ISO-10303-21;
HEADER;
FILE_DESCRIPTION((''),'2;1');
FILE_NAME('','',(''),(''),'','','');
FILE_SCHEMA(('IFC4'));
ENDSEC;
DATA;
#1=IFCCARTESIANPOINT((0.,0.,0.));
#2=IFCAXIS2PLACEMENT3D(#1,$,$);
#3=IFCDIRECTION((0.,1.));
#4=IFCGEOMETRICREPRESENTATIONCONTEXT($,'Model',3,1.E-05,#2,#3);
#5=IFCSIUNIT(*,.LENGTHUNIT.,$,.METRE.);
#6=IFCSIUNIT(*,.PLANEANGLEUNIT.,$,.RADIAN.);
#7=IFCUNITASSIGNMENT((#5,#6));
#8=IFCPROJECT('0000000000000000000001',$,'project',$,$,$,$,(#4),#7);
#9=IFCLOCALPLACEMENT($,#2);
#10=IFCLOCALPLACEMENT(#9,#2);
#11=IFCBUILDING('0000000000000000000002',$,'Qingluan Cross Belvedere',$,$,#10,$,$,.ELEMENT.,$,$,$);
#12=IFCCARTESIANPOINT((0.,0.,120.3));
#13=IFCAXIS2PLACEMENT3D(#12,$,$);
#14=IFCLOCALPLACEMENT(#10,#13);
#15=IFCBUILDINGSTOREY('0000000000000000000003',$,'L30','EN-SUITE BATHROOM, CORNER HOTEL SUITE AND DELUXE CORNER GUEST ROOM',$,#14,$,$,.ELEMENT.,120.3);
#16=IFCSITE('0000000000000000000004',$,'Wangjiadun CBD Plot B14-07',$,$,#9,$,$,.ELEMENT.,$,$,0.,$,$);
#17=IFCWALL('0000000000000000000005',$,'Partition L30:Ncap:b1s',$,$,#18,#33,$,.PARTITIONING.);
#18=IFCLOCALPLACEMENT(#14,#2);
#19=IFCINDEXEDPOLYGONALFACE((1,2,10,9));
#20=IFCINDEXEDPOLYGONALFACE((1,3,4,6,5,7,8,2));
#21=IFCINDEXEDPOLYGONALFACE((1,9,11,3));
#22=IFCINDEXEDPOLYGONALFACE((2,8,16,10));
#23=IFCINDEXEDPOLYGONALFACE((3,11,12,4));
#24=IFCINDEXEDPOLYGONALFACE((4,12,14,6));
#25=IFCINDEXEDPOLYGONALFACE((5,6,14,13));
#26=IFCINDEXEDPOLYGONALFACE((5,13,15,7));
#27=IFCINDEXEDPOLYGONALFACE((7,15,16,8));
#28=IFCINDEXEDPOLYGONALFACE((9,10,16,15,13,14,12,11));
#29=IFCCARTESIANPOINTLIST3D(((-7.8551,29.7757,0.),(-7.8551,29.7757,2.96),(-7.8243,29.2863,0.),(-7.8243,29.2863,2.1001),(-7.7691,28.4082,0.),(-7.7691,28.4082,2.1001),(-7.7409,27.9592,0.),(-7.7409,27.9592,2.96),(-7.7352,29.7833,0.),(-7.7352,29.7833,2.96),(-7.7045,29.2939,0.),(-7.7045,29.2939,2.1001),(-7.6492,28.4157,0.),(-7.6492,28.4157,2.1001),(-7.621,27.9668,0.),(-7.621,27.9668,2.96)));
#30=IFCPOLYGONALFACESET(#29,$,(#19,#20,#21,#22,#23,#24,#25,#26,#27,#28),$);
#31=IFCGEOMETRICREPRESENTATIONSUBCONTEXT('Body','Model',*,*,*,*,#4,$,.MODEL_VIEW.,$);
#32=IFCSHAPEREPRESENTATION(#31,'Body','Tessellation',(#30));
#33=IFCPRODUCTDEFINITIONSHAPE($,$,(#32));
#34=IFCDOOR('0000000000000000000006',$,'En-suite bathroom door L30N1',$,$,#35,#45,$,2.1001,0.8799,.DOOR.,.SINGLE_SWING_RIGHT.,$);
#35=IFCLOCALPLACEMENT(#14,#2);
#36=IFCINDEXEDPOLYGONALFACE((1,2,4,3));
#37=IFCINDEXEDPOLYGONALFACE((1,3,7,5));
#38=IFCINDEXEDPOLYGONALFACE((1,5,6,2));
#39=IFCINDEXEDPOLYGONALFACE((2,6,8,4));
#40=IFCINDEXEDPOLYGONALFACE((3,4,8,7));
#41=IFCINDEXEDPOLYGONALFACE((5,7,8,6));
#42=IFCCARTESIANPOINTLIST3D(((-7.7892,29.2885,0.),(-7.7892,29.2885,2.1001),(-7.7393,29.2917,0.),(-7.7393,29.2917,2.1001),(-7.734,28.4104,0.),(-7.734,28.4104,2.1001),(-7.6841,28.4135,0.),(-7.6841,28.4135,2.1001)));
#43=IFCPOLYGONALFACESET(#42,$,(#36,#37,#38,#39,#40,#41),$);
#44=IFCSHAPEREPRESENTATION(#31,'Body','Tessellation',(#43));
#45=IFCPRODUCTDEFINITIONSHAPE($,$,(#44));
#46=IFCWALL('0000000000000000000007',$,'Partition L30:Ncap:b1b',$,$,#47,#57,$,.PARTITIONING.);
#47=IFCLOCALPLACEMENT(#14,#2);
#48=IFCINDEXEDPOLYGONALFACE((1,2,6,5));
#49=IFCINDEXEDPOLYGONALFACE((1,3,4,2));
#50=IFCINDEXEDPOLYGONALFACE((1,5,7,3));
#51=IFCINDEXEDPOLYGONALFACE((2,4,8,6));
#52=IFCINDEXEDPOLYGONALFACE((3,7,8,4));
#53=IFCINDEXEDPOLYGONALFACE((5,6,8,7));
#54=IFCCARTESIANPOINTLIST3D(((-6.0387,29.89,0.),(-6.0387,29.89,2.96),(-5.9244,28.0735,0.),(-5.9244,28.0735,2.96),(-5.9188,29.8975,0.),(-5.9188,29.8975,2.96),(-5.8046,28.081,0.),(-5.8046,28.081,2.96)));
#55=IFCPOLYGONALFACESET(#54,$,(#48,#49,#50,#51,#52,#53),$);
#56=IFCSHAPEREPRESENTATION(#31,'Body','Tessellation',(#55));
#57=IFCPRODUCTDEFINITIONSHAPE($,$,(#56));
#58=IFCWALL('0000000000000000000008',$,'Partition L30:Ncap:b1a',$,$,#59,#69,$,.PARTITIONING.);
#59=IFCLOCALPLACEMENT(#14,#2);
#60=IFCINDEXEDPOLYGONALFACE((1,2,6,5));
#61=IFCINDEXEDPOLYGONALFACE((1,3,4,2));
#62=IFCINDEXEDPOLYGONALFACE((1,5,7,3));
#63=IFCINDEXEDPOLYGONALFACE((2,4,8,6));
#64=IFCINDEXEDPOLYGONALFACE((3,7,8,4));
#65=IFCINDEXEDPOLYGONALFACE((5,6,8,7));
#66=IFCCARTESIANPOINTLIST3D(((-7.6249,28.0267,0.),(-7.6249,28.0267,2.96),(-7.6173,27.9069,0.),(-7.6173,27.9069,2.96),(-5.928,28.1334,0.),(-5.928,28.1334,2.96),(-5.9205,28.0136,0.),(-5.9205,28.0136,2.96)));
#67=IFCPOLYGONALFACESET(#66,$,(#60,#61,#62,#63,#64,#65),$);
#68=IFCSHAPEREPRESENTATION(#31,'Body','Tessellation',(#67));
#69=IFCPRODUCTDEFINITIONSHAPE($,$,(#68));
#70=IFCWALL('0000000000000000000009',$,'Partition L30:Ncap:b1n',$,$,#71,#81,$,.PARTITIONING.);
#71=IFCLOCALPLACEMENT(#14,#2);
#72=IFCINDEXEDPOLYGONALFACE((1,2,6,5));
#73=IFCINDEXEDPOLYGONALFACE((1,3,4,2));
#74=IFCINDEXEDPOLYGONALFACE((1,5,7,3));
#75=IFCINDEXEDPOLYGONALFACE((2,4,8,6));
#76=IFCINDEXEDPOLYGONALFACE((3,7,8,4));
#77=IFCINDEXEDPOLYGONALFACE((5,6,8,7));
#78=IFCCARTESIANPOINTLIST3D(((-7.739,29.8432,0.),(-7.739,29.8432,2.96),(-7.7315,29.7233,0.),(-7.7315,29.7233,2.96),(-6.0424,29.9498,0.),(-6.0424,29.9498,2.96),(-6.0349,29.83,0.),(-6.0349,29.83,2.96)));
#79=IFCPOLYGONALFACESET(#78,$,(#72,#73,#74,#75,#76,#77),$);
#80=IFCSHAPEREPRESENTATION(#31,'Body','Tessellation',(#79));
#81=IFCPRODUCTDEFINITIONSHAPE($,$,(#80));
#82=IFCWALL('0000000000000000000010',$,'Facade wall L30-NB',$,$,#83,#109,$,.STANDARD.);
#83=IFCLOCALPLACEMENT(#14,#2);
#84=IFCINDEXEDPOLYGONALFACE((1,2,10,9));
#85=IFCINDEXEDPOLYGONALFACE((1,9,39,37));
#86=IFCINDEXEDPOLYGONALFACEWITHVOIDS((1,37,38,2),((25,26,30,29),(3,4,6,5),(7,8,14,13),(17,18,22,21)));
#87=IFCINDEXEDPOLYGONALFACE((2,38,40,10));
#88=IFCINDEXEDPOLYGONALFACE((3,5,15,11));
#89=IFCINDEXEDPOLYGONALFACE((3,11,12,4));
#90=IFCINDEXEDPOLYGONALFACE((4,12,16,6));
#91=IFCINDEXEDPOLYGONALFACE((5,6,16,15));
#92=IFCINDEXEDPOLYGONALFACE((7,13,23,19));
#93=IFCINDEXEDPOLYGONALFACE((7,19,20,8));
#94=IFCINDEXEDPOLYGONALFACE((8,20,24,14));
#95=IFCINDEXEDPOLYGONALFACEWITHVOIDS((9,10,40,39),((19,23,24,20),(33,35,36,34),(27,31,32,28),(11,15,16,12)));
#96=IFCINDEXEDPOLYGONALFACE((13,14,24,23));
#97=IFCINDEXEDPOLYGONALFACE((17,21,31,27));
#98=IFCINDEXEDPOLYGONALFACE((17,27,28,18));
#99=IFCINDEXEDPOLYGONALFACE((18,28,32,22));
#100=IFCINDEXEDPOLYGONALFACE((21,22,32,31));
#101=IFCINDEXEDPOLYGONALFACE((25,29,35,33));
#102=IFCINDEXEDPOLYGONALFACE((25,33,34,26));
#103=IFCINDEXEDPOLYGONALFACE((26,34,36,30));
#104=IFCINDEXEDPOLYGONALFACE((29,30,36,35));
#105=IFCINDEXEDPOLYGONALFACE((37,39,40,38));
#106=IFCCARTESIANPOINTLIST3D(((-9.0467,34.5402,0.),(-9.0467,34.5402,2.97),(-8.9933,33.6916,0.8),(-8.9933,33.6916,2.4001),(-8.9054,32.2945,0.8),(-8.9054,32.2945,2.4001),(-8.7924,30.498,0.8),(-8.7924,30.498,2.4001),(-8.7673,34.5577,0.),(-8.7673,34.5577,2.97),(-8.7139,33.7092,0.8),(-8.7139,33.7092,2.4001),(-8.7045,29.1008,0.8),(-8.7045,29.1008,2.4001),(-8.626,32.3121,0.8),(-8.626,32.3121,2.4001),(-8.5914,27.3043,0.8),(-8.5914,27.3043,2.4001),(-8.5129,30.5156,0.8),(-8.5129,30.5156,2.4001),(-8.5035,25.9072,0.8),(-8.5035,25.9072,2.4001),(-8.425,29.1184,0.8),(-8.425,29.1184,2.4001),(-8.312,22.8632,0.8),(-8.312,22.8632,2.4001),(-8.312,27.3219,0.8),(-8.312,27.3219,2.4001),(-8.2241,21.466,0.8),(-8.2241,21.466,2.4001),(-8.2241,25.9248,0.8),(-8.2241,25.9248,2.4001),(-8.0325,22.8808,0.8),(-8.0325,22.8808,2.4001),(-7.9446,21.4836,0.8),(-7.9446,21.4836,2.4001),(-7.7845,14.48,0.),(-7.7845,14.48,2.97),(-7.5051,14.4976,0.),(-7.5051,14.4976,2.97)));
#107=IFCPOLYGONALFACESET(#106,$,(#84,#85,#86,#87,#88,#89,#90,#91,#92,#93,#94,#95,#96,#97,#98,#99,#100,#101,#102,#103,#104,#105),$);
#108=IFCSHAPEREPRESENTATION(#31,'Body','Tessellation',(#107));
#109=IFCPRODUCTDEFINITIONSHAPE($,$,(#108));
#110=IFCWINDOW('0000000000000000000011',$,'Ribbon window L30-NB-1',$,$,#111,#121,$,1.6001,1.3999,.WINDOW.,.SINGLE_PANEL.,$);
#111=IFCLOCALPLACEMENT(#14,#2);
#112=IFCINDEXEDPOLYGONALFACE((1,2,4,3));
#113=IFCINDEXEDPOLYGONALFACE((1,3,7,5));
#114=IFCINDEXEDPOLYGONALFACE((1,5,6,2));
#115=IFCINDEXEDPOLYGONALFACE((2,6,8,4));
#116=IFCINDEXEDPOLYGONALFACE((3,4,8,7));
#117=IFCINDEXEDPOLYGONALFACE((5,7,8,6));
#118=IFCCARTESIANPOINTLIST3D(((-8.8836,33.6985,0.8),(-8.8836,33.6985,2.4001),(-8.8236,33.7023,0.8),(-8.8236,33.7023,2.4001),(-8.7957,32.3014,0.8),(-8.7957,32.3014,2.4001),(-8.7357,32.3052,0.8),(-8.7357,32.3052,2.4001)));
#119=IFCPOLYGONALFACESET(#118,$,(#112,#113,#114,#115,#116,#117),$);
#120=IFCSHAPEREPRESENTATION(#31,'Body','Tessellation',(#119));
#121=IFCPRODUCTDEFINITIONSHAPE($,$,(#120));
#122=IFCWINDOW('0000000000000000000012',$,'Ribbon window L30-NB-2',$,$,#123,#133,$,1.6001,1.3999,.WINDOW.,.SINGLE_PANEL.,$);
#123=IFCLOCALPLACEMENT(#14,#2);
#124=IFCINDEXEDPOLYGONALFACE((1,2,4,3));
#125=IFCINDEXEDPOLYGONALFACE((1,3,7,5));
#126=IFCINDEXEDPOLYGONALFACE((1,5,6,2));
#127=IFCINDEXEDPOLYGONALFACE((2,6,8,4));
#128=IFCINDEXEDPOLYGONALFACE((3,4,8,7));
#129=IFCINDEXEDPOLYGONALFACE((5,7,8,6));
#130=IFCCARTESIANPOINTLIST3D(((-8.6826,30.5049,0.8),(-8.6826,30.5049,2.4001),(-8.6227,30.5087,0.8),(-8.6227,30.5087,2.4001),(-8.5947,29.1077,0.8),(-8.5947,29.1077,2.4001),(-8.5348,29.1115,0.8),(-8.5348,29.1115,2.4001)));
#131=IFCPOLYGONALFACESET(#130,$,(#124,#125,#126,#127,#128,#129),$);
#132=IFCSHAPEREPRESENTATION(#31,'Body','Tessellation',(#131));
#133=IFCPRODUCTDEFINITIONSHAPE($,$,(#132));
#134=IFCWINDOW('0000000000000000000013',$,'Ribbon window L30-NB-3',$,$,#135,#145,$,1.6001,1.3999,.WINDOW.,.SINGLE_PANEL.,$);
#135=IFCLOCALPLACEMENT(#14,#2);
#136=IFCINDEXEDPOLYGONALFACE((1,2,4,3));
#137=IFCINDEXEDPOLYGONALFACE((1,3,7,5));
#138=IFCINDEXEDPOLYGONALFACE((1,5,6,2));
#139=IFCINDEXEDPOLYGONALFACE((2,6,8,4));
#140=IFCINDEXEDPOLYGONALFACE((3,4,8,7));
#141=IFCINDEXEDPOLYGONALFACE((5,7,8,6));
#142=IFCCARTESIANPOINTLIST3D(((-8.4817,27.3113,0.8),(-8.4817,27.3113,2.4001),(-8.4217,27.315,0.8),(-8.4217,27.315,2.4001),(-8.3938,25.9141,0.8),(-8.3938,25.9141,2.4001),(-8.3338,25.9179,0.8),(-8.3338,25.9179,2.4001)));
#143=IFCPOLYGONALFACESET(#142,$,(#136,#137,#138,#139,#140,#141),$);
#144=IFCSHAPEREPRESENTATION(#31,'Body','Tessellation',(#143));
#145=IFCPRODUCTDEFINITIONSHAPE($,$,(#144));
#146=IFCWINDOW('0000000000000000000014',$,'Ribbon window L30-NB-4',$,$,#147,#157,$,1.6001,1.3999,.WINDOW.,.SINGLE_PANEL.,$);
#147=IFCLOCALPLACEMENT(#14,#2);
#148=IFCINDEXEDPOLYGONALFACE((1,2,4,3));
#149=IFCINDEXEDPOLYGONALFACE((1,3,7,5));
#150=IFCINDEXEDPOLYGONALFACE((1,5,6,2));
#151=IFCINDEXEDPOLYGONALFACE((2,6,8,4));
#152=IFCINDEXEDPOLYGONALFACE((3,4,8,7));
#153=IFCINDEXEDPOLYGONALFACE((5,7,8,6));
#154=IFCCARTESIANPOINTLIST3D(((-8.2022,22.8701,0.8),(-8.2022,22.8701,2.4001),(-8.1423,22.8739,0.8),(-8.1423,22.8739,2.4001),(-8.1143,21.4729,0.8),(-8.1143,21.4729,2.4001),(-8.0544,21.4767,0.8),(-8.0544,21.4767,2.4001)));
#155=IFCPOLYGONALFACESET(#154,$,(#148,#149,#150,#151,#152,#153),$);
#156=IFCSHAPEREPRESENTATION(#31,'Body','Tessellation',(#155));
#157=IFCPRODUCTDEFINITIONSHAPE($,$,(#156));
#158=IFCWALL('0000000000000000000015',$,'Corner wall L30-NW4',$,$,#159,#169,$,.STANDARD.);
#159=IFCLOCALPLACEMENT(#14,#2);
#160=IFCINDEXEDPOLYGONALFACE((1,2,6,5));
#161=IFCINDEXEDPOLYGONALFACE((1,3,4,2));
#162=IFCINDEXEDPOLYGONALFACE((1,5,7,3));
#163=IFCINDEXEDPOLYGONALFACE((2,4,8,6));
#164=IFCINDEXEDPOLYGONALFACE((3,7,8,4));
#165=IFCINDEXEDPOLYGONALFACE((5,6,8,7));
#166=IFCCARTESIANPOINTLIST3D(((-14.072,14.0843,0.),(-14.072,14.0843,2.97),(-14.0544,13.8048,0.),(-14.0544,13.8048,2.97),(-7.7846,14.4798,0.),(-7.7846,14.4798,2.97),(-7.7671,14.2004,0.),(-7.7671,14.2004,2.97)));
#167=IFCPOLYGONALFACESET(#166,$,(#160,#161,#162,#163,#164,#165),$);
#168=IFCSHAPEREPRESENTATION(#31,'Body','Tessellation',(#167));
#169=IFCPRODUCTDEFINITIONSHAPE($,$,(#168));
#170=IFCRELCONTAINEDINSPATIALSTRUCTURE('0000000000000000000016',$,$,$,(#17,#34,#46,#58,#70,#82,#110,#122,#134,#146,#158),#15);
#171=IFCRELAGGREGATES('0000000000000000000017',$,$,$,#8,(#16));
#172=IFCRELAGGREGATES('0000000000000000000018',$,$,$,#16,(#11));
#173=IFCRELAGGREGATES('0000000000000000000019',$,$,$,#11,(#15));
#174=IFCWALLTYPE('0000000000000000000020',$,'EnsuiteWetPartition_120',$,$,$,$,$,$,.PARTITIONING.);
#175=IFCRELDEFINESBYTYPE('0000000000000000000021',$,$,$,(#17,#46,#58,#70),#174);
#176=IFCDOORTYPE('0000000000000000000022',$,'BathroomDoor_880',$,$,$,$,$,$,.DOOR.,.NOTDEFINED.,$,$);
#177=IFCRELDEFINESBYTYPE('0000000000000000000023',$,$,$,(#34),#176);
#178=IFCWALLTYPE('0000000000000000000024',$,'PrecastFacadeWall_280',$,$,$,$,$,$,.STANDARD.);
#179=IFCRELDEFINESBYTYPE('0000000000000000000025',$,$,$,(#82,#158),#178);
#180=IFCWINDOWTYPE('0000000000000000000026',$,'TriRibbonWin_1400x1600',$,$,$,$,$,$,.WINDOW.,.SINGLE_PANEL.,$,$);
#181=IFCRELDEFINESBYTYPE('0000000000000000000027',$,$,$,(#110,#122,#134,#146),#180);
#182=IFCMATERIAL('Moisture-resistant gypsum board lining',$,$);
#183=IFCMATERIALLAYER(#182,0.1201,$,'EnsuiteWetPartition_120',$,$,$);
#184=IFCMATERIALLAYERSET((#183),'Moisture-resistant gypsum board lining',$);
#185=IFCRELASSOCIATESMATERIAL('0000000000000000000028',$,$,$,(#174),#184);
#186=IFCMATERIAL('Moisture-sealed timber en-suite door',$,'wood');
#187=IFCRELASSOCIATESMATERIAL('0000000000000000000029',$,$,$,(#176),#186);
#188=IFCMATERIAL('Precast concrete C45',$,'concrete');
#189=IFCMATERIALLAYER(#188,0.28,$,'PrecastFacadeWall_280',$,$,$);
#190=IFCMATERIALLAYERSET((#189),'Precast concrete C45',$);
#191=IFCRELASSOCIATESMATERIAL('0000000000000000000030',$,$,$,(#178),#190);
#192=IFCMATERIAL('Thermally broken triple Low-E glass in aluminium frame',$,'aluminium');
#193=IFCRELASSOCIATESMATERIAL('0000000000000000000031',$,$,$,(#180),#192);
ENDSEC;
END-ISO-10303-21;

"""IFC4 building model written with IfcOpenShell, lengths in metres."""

from ifc_helpers import new_model, si_unit, direction, frame, frame_2d, origin, place, context, subcontext, project, spatial, rectangle, extrude, material, layer, layer_set, type_object, element, fill, save


model = new_model("IFC4")

# Units and contexts
model_context = context("Model", 3, precision=1e-05, world=origin(), true_north=direction((0.0, 1.0)))
body_context = subcontext(model_context, "Body", "Model", "MODEL_VIEW")
ifc_project = project(units=[si_unit("LENGTHUNIT", "METRE"), si_unit("PLANEANGLEUNIT", "RADIAN")], contexts=[model_context])

# Site, building, storey
site_placement = place(None, origin())
site = spatial("IfcSite", under=ifc_project, at=site_placement, Name="Wangjiadun CBD Plot B14-07", CompositionType="ELEMENT", RefElevation=0.0)
building_placement = place(site_placement, origin())
building = spatial("IfcBuilding", under=site, at=building_placement, Name="Qingluan Cross Belvedere", CompositionType="ELEMENT")
storey_placement = place(building_placement, frame((0.0, 0.0, 120.3)))
storey = spatial("IfcBuildingStorey", under=building, at=storey_placement, Name="L30", Description="EN-SUITE BATHROOM, CORNER HOTEL SUITE AND DELUXE CORNER GUEST ROOM", CompositionType="ELEMENT", Elevation=120.3)

# Shared definitions
ifc_material_1 = material(Name="Moisture-resistant gypsum board lining")
ifc_layer_1 = layer(ifc_material_1, 0.1201, Name="EnsuiteWetPartition_120")
ifc_layer_set_1 = layer_set([ifc_layer_1], Name="Moisture-resistant gypsum board lining")
wall_type_1 = type_object("IfcWallType", Name="EnsuiteWetPartition_120", PredefinedType="PARTITIONING", material=ifc_layer_set_1)
ifc_material_2 = material(Name="Moisture-sealed timber en-suite door", Category="wood")
door_type_1 = type_object("IfcDoorType", Name="BathroomDoor_880", OperationType="NOTDEFINED", PredefinedType="DOOR", material=ifc_material_2)

# Wall, opening, door
wall_1_placement = place(storey_placement, frame((-7.6809, 27.9629, 0.0), z_axis=(0.0, 0.0, 1.0), x_axis=(-0.062779, 0.998027, 0.0)))
wall_1 = element("IfcWall", 1, at=wall_1_placement, inside=storey, type_object=wall_type_1, Name="Partition L30:Ncap:b1s", PredefinedType="PARTITIONING", context=body_context, shape_type="SweptSolid", body=[
    extrude(rectangle(XDim=1.8201, YDim=0.1201, at=frame_2d((0.9102, 0.0))), origin(), (0.0, 0.0, 1.0), 2.96),
])
opening_1_placement = place(wall_1_placement, frame((0.45, 0.0, 0.0)))
opening_1 = element("IfcOpeningElement", 2, at=opening_1_placement, cuts=wall_1, PredefinedType="OPENING", context=body_context, shape_type="SweptSolid", body=[
    extrude(rectangle(XDim=0.8799, YDim=2.1001, at=frame_2d((0.4399, 1.05))), frame((0.0, 0.0701, 0.0), z_axis=(0.0, -1.0, 0.0), x_axis=(1.0, 0.0, 0.0)), (0.0, 0.0, 1.0), 0.1401),
])
door_1_placement = place(opening_1_placement, origin())
door_1 = element("IfcDoor", 3, at=door_1_placement, inside=storey, type_object=door_type_1, Name="En-suite bathroom door L30N1", OperationType="SINGLE_SWING_RIGHT", OverallHeight=2.1001, OverallWidth=0.8799, PredefinedType="DOOR", context=body_context, shape_type="SweptSolid", body=[
    extrude(rectangle(XDim=0.8799, YDim=2.1001, at=frame_2d((0.4399, 1.05))), frame((0.0, 0.0249, 0.0), z_axis=(0.0, -1.0, 0.0), x_axis=(1.0, 0.0, 0.0)), (0.0, 0.0, 1.0), 0.05),
])
fill(opening_1, door_1)

# Walls
wall_2_placement = place(storey_placement, frame((-5.8645, 28.0771, 0.0), z_axis=(0.0, 0.0, 1.0), x_axis=(-0.062779, 0.998027, 0.0)))
element("IfcWall", 4, at=wall_2_placement, inside=storey, type_object=wall_type_1, Name="Partition L30:Ncap:b1b", PredefinedType="PARTITIONING", context=body_context, shape_type="SweptSolid", body=[
    extrude(rectangle(XDim=1.8201, YDim=0.1201, at=frame_2d((0.9102, 0.0))), origin(), (0.0, 0.0, 1.0), 2.96),
])
wall_3_placement = place(storey_placement, frame((-7.6211, 27.9668, 0.0), z_axis=(0.0, 0.0, 1.0), x_axis=(0.998029, 0.062754, 0.0)))
element("IfcWall", 5, at=wall_3_placement, inside=storey, type_object=wall_type_1, Name="Partition L30:Ncap:b1a", PredefinedType="PARTITIONING", context=body_context, shape_type="SweptSolid", body=[
    extrude(rectangle(XDim=1.7002, YDim=0.1201, at=frame_2d((0.8501, 0.0))), origin(), (0.0, 0.0, 1.0), 2.96),
])
wall_4_placement = place(storey_placement, frame((-7.7354, 29.7832, 0.0), z_axis=(0.0, 0.0, 1.0), x_axis=(0.998028, 0.062763, 0.0)))
element("IfcWall", 6, at=wall_4_placement, inside=storey, type_object=wall_type_1, Name="Partition L30:Ncap:b1n", PredefinedType="PARTITIONING", context=body_context, shape_type="SweptSolid", body=[
    extrude(rectangle(XDim=1.7, YDim=0.1201, at=frame_2d((0.8501, 0.0))), origin(), (0.0, 0.0, 1.0), 2.96),
])

# Wall, openings, windows
ifc_material_3 = material(Name="Precast concrete C45", Category="concrete")
ifc_layer_2 = layer(ifc_material_3, 0.28, Name="PrecastFacadeWall_280")
ifc_layer_set_2 = layer_set([ifc_layer_2], Name="Precast concrete C45")
wall_type_2 = type_object("IfcWallType", Name="PrecastFacadeWall_280", PredefinedType="STANDARD", material=ifc_layer_set_2)
wall_5_placement = place(storey_placement, frame((-8.907, 34.5488, 0.0), z_axis=(0.0, 0.0, 1.0), x_axis=(0.062796, -0.998026, 0.0)))
wall_5 = element("IfcWall", 7, at=wall_5_placement, inside=storey, type_object=wall_type_2, Name="Facade wall L30-NB", PredefinedType="STANDARD", context=body_context, shape_type="SweptSolid", body=[
    extrude(rectangle(XDim=20.0999, YDim=0.28, at=frame_2d((10.0498, 0.0))), origin(), (0.0, 0.0, 1.0), 2.97),
])
opening_2_placement = place(wall_5_placement, frame((0.8501, 0.0, 0.8)))
opening_2 = element("IfcOpeningElement", 8, at=opening_2_placement, cuts=wall_5, PredefinedType="OPENING", context=body_context, shape_type="SweptSolid", body=[
    extrude(rectangle(XDim=1.3999, YDim=1.6001, at=frame_2d((0.7, 0.8))), frame((0.0, 0.1499, 0.0), z_axis=(0.0, -1.0, 0.0), x_axis=(1.0, 0.0, 0.0)), (0.0, 0.0, 1.0), 0.3),
])
opening_3_placement = place(wall_5_placement, frame((4.05, 0.0, 0.8)))
opening_3 = element("IfcOpeningElement", 9, at=opening_3_placement, cuts=wall_5, PredefinedType="OPENING", context=body_context, shape_type="SweptSolid", body=[
    extrude(rectangle(XDim=1.3999, YDim=1.6001, at=frame_2d((0.7, 0.8))), frame((0.0, 0.1499, 0.0), z_axis=(0.0, -1.0, 0.0), x_axis=(1.0, 0.0, 0.0)), (0.0, 0.0, 1.0), 0.3),
])
opening_4_placement = place(wall_5_placement, frame((7.25, 0.0, 0.8)))
opening_4 = element("IfcOpeningElement", 10, at=opening_4_placement, cuts=wall_5, PredefinedType="OPENING", context=body_context, shape_type="SweptSolid", body=[
    extrude(rectangle(XDim=1.3999, YDim=1.6001, at=frame_2d((0.7, 0.8))), frame((0.0, 0.1499, 0.0), z_axis=(0.0, -1.0, 0.0), x_axis=(1.0, 0.0, 0.0)), (0.0, 0.0, 1.0), 0.3),
])
opening_5_placement = place(wall_5_placement, frame((11.7, 0.0, 0.8)))
opening_5 = element("IfcOpeningElement", 11, at=opening_5_placement, cuts=wall_5, PredefinedType="OPENING", context=body_context, shape_type="SweptSolid", body=[
    extrude(rectangle(XDim=1.3999, YDim=1.6001, at=frame_2d((0.7, 0.8))), frame((0.0, 0.1499, 0.0), z_axis=(0.0, -1.0, 0.0), x_axis=(1.0, 0.0, 0.0)), (0.0, 0.0, 1.0), 0.3),
])
ifc_material_4 = material(Name="Thermally broken triple Low-E glass in aluminium frame", Category="aluminium")
window_type = type_object("IfcWindowType", Name="TriRibbonWin_1400x1600", PartitioningType="SINGLE_PANEL", PredefinedType="WINDOW", material=ifc_material_4)
window_1_placement = place(opening_2_placement, origin())
window_1 = element("IfcWindow", 12, at=window_1_placement, inside=storey, type_object=window_type, Name="Ribbon window L30-NB-1", OverallHeight=1.6001, OverallWidth=1.3999, PartitioningType="SINGLE_PANEL", PredefinedType="WINDOW", context=body_context, shape_type="SweptSolid", body=[
    extrude(rectangle(XDim=1.3999, YDim=1.6001, at=frame_2d((0.7, 0.8))), frame((0.0, 0.03, 0.0), z_axis=(0.0, -1.0, 0.0), x_axis=(1.0, 0.0, 0.0)), (0.0, 0.0, 1.0), 0.0601),
])
fill(opening_2, window_1)
window_2_placement = place(opening_3_placement, origin())
window_2 = element("IfcWindow", 13, at=window_2_placement, inside=storey, type_object=window_type, Name="Ribbon window L30-NB-2", OverallHeight=1.6001, OverallWidth=1.3999, PartitioningType="SINGLE_PANEL", PredefinedType="WINDOW", context=body_context, shape_type="SweptSolid", body=[
    extrude(rectangle(XDim=1.3999, YDim=1.6001, at=frame_2d((0.7, 0.8))), frame((0.0, 0.03, 0.0), z_axis=(0.0, -1.0, 0.0), x_axis=(1.0, 0.0, 0.0)), (0.0, 0.0, 1.0), 0.0601),
])
fill(opening_3, window_2)
window_3_placement = place(opening_4_placement, origin())
window_3 = element("IfcWindow", 14, at=window_3_placement, inside=storey, type_object=window_type, Name="Ribbon window L30-NB-3", OverallHeight=1.6001, OverallWidth=1.3999, PartitioningType="SINGLE_PANEL", PredefinedType="WINDOW", context=body_context, shape_type="SweptSolid", body=[
    extrude(rectangle(XDim=1.3999, YDim=1.6001, at=frame_2d((0.7, 0.8))), frame((0.0, 0.03, 0.0), z_axis=(0.0, -1.0, 0.0), x_axis=(1.0, 0.0, 0.0)), (0.0, 0.0, 1.0), 0.0601),
])
fill(opening_4, window_3)
window_4_placement = place(opening_5_placement, origin())
window_4 = element("IfcWindow", 15, at=window_4_placement, inside=storey, type_object=window_type, Name="Ribbon window L30-NB-4", OverallHeight=1.6001, OverallWidth=1.3999, PartitioningType="SINGLE_PANEL", PredefinedType="WINDOW", context=body_context, shape_type="SweptSolid", body=[
    extrude(rectangle(XDim=1.3999, YDim=1.6001, at=frame_2d((0.7, 0.8))), frame((0.0, 0.03, 0.0), z_axis=(0.0, -1.0, 0.0), x_axis=(1.0, 0.0, 0.0)), (0.0, 0.0, 1.0), 0.0601),
])
fill(opening_5, window_4)

# Wall
wall_6_placement = place(storey_placement, frame((-14.0632, 13.9446, 0.0), z_axis=(0.0, 0.0, 1.0), x_axis=(0.998027, 0.062781, 0.0)))
element("IfcWall", 16, at=wall_6_placement, inside=storey, type_object=wall_type_2, Name="Corner wall L30-NW4", PredefinedType="STANDARD", context=body_context, shape_type="SweptSolid", body=[
    extrude(rectangle(XDim=6.2998, YDim=0.28, at=frame_2d((3.1499, 0.0))), origin(), (0.0, 0.0, 1.0), 2.97),
])

save(model, "model.ifc")
